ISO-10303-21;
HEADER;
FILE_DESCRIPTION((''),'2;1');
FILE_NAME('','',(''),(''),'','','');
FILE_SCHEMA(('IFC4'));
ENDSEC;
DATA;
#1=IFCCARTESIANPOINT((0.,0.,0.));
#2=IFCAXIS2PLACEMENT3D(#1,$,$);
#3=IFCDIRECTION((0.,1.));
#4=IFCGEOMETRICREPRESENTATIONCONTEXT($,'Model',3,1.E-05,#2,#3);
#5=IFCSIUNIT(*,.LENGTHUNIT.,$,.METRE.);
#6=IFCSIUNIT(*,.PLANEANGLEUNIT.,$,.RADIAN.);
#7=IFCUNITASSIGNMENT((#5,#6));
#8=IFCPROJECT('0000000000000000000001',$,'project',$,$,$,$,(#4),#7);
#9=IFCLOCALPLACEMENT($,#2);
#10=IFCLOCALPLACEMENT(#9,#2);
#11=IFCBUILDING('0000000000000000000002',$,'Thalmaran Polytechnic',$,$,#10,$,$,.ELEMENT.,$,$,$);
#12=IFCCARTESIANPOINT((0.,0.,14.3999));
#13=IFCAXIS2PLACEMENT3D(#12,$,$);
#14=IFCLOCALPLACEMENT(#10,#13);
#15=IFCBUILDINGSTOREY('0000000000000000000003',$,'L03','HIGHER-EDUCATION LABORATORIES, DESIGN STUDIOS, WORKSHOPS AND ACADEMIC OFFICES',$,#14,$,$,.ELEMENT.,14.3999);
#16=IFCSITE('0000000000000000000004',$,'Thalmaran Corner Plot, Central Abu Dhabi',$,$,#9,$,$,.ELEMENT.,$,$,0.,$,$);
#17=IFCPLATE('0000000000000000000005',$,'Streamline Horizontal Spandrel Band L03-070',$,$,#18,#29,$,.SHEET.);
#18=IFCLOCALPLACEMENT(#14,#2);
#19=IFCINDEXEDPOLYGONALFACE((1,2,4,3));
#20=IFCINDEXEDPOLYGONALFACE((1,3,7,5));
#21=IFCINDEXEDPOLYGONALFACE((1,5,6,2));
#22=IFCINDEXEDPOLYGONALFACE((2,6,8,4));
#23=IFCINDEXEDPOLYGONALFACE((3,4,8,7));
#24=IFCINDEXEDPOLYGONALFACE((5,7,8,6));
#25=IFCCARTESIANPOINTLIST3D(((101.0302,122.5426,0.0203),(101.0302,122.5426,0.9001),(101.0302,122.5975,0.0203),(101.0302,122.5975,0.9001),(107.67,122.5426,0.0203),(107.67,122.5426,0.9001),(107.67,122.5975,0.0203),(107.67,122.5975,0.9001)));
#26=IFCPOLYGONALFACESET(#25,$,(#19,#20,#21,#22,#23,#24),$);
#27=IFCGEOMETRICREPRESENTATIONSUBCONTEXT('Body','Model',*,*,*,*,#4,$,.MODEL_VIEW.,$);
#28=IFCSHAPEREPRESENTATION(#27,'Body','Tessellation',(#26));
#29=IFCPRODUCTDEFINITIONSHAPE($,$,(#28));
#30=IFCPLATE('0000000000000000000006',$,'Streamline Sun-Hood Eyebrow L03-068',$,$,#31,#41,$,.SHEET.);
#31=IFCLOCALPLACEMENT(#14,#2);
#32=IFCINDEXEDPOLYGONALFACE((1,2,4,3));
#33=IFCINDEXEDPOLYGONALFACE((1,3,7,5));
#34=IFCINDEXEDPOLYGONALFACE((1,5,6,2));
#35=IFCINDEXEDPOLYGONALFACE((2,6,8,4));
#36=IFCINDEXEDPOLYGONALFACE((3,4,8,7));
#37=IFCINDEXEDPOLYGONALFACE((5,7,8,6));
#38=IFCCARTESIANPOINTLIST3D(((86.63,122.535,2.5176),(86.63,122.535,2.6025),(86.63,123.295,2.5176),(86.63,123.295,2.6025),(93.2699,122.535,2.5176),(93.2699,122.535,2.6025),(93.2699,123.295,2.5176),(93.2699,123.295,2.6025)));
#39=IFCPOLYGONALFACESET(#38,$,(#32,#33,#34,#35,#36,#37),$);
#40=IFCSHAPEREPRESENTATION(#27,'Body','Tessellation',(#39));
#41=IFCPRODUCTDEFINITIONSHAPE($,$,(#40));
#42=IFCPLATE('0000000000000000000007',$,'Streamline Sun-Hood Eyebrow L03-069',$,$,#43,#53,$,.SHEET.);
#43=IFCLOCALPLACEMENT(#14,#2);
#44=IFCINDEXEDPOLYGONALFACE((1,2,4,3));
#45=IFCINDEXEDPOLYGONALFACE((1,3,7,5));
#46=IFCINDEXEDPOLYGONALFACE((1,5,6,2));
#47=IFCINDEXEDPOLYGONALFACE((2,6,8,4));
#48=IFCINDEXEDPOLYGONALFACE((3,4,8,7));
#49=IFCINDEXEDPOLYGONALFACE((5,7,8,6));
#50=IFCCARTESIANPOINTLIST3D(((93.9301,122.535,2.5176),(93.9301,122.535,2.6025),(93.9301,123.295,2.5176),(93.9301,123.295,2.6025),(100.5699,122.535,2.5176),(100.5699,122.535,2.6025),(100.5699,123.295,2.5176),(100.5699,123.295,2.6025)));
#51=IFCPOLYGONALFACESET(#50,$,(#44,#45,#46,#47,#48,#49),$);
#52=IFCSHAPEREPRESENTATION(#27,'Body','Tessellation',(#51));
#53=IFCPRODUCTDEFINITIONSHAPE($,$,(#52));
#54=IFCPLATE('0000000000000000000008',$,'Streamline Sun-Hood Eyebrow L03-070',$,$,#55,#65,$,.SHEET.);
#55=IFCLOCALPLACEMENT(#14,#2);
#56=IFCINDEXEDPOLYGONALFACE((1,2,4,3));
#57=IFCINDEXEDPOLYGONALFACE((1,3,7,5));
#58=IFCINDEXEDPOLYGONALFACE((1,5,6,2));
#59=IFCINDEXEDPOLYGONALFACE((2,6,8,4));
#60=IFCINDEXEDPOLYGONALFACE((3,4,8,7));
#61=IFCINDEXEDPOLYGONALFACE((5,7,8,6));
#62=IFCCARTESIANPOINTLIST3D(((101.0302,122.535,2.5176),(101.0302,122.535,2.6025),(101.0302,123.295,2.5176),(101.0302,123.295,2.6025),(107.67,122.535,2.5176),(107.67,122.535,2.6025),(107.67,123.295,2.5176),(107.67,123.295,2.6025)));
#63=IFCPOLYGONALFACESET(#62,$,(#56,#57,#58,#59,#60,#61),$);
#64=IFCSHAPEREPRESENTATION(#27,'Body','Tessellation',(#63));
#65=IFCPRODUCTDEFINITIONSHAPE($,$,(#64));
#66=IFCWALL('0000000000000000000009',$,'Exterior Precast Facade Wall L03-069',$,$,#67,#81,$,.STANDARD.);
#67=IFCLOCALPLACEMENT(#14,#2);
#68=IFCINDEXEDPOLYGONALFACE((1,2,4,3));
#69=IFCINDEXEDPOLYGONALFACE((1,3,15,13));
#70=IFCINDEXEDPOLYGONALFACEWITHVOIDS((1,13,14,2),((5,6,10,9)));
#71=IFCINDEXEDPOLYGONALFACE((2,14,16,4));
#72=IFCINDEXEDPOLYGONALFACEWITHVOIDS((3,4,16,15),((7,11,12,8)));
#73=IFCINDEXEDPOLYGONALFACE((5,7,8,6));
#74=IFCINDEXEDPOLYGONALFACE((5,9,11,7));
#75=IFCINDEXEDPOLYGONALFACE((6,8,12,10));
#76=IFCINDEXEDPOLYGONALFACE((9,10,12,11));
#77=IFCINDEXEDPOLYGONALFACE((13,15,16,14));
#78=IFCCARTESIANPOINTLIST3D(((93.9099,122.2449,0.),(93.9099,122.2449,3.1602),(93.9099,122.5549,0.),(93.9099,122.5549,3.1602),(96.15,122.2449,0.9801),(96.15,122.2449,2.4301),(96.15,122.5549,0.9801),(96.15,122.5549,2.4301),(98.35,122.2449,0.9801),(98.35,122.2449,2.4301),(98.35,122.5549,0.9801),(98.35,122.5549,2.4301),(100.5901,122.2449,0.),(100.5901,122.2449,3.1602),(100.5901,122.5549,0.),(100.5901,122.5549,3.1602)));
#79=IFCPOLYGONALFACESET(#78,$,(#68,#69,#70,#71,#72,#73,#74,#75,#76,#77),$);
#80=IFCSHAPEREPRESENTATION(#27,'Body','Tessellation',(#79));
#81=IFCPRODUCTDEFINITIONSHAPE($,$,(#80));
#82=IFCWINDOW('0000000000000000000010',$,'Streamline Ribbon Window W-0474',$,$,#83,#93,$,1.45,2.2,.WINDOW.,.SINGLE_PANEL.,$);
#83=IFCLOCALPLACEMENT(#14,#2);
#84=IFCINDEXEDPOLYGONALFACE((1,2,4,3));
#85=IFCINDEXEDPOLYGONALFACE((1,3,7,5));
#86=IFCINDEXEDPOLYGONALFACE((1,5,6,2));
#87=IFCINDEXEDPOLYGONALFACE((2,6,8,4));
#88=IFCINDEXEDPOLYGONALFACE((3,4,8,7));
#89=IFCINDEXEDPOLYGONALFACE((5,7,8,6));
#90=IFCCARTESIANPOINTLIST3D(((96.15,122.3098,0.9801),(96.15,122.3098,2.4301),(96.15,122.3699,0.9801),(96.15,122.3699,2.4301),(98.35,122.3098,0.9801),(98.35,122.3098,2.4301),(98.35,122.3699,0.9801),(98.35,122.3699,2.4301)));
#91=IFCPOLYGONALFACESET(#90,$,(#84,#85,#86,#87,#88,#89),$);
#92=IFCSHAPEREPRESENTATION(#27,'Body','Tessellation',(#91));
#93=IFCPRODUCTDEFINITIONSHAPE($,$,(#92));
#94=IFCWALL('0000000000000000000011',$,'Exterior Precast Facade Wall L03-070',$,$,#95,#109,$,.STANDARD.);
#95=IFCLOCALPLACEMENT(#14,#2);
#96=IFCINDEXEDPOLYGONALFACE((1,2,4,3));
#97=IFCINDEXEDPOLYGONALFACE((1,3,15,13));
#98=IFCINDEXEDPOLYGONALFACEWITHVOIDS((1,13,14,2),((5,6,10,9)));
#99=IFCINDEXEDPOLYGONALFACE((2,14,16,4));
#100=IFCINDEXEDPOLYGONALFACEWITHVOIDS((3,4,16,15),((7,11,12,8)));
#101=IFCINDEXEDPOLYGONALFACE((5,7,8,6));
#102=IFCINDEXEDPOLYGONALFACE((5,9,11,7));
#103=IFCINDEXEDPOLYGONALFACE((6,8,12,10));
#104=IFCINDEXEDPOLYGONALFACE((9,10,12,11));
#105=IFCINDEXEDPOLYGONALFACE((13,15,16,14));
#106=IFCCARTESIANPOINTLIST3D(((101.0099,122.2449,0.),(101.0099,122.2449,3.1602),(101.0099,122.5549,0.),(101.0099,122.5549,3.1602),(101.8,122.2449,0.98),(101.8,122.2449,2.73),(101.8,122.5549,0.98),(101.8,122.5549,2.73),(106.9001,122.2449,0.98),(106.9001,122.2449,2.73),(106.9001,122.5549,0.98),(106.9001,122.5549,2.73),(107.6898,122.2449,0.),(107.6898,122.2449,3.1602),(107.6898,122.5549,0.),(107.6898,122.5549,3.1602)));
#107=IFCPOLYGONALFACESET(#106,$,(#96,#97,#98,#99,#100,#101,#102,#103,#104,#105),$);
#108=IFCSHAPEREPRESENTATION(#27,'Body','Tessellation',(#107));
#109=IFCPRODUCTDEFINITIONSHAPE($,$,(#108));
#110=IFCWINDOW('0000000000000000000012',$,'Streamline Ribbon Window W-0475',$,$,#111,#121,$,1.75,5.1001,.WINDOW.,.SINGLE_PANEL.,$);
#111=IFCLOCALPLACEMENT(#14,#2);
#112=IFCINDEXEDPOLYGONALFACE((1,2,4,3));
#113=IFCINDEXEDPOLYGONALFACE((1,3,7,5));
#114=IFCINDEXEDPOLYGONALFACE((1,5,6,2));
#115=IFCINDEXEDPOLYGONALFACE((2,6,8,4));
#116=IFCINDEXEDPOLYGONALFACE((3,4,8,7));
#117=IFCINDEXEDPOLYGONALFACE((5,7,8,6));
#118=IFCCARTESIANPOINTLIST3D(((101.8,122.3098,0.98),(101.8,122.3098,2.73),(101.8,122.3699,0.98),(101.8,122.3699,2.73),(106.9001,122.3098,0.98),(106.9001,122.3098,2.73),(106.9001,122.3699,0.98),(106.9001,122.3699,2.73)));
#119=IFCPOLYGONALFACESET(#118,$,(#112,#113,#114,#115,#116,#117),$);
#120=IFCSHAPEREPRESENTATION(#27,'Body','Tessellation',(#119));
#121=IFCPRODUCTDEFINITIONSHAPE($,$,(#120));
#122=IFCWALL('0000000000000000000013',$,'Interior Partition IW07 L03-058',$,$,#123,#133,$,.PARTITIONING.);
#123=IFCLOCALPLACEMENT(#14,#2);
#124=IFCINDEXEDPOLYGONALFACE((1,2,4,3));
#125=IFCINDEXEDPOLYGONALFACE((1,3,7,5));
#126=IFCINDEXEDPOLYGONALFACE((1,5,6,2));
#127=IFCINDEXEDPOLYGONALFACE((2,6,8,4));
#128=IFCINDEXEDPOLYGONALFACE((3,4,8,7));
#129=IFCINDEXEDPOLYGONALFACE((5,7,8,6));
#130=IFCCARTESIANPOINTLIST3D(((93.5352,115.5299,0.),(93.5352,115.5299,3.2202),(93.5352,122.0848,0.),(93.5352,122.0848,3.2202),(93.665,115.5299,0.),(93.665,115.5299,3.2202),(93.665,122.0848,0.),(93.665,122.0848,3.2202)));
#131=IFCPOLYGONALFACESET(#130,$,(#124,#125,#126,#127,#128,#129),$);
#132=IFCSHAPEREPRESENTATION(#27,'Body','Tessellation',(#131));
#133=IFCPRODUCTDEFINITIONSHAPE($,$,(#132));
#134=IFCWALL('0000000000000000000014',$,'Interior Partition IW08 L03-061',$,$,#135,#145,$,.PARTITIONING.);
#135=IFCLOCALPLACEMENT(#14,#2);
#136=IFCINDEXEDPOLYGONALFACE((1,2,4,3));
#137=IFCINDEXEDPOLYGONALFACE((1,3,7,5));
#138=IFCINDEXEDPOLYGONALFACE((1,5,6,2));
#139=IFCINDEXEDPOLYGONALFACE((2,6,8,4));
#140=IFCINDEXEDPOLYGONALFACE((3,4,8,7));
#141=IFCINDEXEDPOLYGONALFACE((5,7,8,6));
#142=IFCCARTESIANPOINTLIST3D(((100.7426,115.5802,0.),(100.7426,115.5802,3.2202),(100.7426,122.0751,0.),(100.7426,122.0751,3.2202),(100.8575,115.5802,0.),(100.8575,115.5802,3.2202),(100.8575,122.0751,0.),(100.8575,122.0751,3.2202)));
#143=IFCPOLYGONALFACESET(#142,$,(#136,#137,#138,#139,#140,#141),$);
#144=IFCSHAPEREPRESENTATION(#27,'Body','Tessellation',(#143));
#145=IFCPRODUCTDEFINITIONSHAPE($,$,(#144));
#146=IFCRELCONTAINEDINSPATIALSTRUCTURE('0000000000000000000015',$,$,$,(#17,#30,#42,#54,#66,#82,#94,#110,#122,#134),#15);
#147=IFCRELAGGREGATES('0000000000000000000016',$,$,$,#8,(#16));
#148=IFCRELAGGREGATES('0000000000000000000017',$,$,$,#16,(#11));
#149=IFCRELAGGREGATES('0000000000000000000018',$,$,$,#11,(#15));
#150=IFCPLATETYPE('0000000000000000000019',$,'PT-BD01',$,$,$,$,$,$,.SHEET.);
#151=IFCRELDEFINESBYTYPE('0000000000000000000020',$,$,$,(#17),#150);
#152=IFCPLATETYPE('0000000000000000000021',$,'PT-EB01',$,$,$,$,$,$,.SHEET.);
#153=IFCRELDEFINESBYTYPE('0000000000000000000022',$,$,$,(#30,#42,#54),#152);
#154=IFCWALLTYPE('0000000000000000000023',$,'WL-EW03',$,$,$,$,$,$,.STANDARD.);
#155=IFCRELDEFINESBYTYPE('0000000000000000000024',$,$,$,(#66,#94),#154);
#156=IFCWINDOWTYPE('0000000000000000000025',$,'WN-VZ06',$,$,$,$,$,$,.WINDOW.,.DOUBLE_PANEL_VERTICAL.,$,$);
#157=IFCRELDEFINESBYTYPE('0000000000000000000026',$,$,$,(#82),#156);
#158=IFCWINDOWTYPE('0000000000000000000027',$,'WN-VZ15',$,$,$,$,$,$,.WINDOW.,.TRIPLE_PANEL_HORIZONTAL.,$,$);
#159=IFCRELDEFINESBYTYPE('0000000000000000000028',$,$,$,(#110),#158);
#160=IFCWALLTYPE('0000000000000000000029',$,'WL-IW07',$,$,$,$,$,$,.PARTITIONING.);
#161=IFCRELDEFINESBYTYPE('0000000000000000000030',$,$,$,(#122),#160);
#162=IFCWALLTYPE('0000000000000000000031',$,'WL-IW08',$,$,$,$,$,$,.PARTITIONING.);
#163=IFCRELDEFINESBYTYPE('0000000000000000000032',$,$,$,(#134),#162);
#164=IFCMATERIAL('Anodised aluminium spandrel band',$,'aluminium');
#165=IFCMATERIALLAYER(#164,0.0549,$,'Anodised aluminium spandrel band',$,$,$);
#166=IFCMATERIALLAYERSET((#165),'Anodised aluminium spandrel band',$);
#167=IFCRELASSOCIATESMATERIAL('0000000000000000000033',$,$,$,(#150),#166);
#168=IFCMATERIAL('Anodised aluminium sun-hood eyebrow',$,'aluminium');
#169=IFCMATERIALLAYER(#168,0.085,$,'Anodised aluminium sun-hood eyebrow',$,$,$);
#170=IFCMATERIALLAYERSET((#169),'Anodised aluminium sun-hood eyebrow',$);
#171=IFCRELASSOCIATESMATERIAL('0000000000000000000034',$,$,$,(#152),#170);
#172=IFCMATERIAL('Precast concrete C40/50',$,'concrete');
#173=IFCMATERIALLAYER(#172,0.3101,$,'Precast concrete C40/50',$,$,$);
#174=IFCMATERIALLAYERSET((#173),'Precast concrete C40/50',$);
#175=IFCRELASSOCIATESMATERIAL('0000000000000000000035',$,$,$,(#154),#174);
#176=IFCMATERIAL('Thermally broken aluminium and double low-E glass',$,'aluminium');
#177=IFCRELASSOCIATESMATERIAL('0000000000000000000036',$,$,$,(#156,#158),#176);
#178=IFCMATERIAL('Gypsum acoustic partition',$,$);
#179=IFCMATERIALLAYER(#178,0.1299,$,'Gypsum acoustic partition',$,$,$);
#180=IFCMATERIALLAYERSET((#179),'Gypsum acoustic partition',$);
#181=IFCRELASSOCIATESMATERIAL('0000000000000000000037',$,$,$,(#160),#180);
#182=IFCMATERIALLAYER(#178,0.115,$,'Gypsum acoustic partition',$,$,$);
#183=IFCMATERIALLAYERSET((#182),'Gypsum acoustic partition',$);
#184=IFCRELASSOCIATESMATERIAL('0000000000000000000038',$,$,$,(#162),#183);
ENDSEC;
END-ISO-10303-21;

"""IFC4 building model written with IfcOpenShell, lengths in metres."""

from ifc_helpers import new_model, si_unit, direction, frame, frame_2d, origin, origin_2d, place, context, subcontext, project, spatial, rectangle, extrude, material, layer, layer_set, type_object, element, fill, save


model = new_model("IFC4")

# Units and contexts
model_context = context("Model", 3, precision=1e-05, world=origin(), true_north=direction((0.0, 1.0)))
body_context = subcontext(model_context, "Body", "Model", "MODEL_VIEW")
ifc_project = project(units=[si_unit("LENGTHUNIT", "METRE"), si_unit("PLANEANGLEUNIT", "RADIAN")], contexts=[model_context])

# Site, building, storey
site_placement = place(None, origin())
site = spatial("IfcSite", under=ifc_project, at=site_placement, Name="Thalmaran Corner Plot, Central Abu Dhabi", CompositionType="ELEMENT", RefElevation=0.0)
building_placement = place(site_placement, origin())
building = spatial("IfcBuilding", under=site, at=building_placement, Name="Thalmaran Polytechnic", CompositionType="ELEMENT")
storey_placement = place(building_placement, frame((0.0, 0.0, 14.3999)))
storey = spatial("IfcBuildingStorey", under=building, at=storey_placement, Name="L03", Description="HIGHER-EDUCATION LABORATORIES, DESIGN STUDIOS, WORKSHOPS AND ACADEMIC OFFICES", CompositionType="ELEMENT", Elevation=14.3999)

# Plates
ifc_material_1 = material(Name="Anodised aluminium spandrel band", Category="aluminium")
ifc_layer_1 = layer(ifc_material_1, 0.0549, Name="Anodised aluminium spandrel band")
ifc_layer_set_1 = layer_set([ifc_layer_1], Name="Anodised aluminium spandrel band")
plate_type_1 = type_object("IfcPlateType", Name="PT-BD01", PredefinedType="SHEET", material=ifc_layer_set_1)
for number, where, z_axis, x_axis, name in (
    (1, (104.3501, 122.5701, 0.0203), (0.0, 0.0, 1.0), (1.0, 0.0, 0.0), "Streamline Horizontal Spandrel Band L03-070"),
):
    element("IfcPlate", number, at=place(storey_placement, frame(where, z_axis=z_axis, x_axis=x_axis)), inside=storey, type_object=plate_type_1, Name=name, PredefinedType="SHEET", context=body_context, shape_type="SweptSolid", body=[
        extrude(rectangle(XDim=6.6399, YDim=0.0549, at=origin_2d()), origin(), (0.0, 0.0, 1.0), 0.8799),
    ])
ifc_material_2 = material(Name="Anodised aluminium sun-hood eyebrow", Category="aluminium")
ifc_layer_2 = layer(ifc_material_2, 0.085, Name="Anodised aluminium sun-hood eyebrow")
ifc_layer_set_2 = layer_set([ifc_layer_2], Name="Anodised aluminium sun-hood eyebrow")
plate_type_2 = type_object("IfcPlateType", Name="PT-EB01", PredefinedType="SHEET", material=ifc_layer_set_2)
for number, where, z_axis, x_axis, name in (
    (2, (89.95, 122.915, 2.5176), (0.0, 0.0, 1.0), (1.0, 0.0, 0.0), "Streamline Sun-Hood Eyebrow L03-068"),
    (3, (97.25, 122.915, 2.5176), (0.0, 0.0, 1.0), (1.0, 0.0, 0.0), "Streamline Sun-Hood Eyebrow L03-069"),
    (4, (104.3501, 122.915, 2.5176), (0.0, 0.0, 1.0), (1.0, 0.0, 0.0), "Streamline Sun-Hood Eyebrow L03-070"),
):
    element("IfcPlate", number, at=place(storey_placement, frame(where, z_axis=z_axis, x_axis=x_axis)), inside=storey, type_object=plate_type_2, Name=name, PredefinedType="SHEET", context=body_context, shape_type="SweptSolid", body=[
        extrude(rectangle(XDim=6.6399, YDim=0.76, at=origin_2d()), origin(), (0.0, 0.0, 1.0), 0.085),
    ])

# Walls, openings, windows
ifc_material_3 = material(Name="Precast concrete C40/50", Category="concrete")
ifc_layer_3 = layer(ifc_material_3, 0.3101, Name="Precast concrete C40/50")
ifc_layer_set_3 = layer_set([ifc_layer_3], Name="Precast concrete C40/50")
wall_type_1 = type_object("IfcWallType", Name="WL-EW03", PredefinedType="STANDARD", material=ifc_layer_set_3)
wall_1_placement = place(storey_placement, frame((93.9099, 122.3999, 0.0), z_axis=(0.0, 0.0, 1.0), x_axis=(1.0, 0.0, 0.0)))
wall_1 = element("IfcWall", 5, at=wall_1_placement, inside=storey, type_object=wall_type_1, Name="Exterior Precast Facade Wall L03-069", PredefinedType="STANDARD", context=body_context, shape_type="SweptSolid", body=[
    extrude(rectangle(XDim=6.6802, YDim=0.3101, at=frame_2d((3.3401, 0.0))), origin(), (0.0, 0.0, 1.0), 3.1602),
])
opening_1_placement = place(wall_1_placement, frame((2.24, 0.0, 0.98)))
opening_1 = element("IfcOpeningElement", 6, at=opening_1_placement, cuts=wall_1, PredefinedType="OPENING", context=body_context, shape_type="SweptSolid", body=[
    extrude(rectangle(XDim=2.2, YDim=1.45, at=frame_2d((1.1001, 0.7251))), frame((0.0, 0.165, 0.0), z_axis=(0.0, -1.0, 0.0), x_axis=(1.0, 0.0, 0.0)), (0.0, 0.0, 1.0), 0.3301),
])
ifc_material_4 = material(Name="Thermally broken aluminium and double low-E glass", Category="aluminium")
window_type_1 = type_object("IfcWindowType", Name="WN-VZ06", PartitioningType="DOUBLE_PANEL_VERTICAL", PredefinedType="WINDOW", material=ifc_material_4)
window_1_placement = place(opening_1_placement, origin())
window_1 = element("IfcWindow", 7, at=window_1_placement, inside=storey, type_object=window_type_1, Name="Streamline Ribbon Window W-0474", OverallHeight=1.45, OverallWidth=2.2, PartitioningType="SINGLE_PANEL", PredefinedType="WINDOW", context=body_context, shape_type="SweptSolid", body=[
    extrude(rectangle(XDim=2.2, YDim=1.45, at=frame_2d((1.1001, 0.7251))), frame((0.0, -0.03, 0.0), z_axis=(0.0, -1.0, 0.0), x_axis=(1.0, 0.0, 0.0)), (0.0, 0.0, 1.0), 0.0601),
])
fill(opening_1, window_1)
wall_2_placement = place(storey_placement, frame((101.01, 122.3999, 0.0), z_axis=(0.0, 0.0, 1.0), x_axis=(1.0, 0.0, 0.0)))
wall_2 = element("IfcWall", 8, at=wall_2_placement, inside=storey, type_object=wall_type_1, Name="Exterior Precast Facade Wall L03-070", PredefinedType="STANDARD", context=body_context, shape_type="SweptSolid", body=[
    extrude(rectangle(XDim=6.6799, YDim=0.3101, at=frame_2d((3.3398, 0.0))), origin(), (0.0, 0.0, 1.0), 3.1602),
])
opening_2_placement = place(wall_2_placement, frame((0.79, 0.0, 0.98)))
opening_2 = element("IfcOpeningElement", 9, at=opening_2_placement, cuts=wall_2, PredefinedType="OPENING", context=body_context, shape_type="SweptSolid", body=[
    extrude(rectangle(XDim=5.1001, YDim=1.75, at=frame_2d((2.55, 0.875))), frame((0.0, 0.165, 0.0), z_axis=(0.0, -1.0, 0.0), x_axis=(1.0, 0.0, 0.0)), (0.0, 0.0, 1.0), 0.3301),
])
window_type_2 = type_object("IfcWindowType", Name="WN-VZ15", PartitioningType="TRIPLE_PANEL_HORIZONTAL", PredefinedType="WINDOW", material=ifc_material_4)
window_2_placement = place(opening_2_placement, origin())
window_2 = element("IfcWindow", 10, at=window_2_placement, inside=storey, type_object=window_type_2, Name="Streamline Ribbon Window W-0475", OverallHeight=1.75, OverallWidth=5.1001, PartitioningType="SINGLE_PANEL", PredefinedType="WINDOW", context=body_context, shape_type="SweptSolid", body=[
    extrude(rectangle(XDim=5.1001, YDim=1.75, at=frame_2d((2.55, 0.875))), frame((0.0, -0.03, 0.0), z_axis=(0.0, -1.0, 0.0), x_axis=(1.0, 0.0, 0.0)), (0.0, 0.0, 1.0), 0.0601),
])
fill(opening_2, window_2)

# Walls
ifc_material_5 = material(Name="Gypsum acoustic partition")
ifc_layer_4 = layer(ifc_material_5, 0.1299, Name="Gypsum acoustic partition")
ifc_layer_set_4 = layer_set([ifc_layer_4], Name="Gypsum acoustic partition")
wall_type_2 = type_object("IfcWallType", Name="WL-IW07", PredefinedType="PARTITIONING", material=ifc_layer_set_4)
wall_3_placement = place(storey_placement, frame((93.6001, 115.53, 0.0), z_axis=(0.0, 0.0, 1.0), x_axis=(0.0, 1.0, 0.0)))
element("IfcWall", 11, at=wall_3_placement, inside=storey, type_object=wall_type_2, Name="Interior Partition IW07 L03-058", PredefinedType="PARTITIONING", context=body_context, shape_type="SweptSolid", body=[
    extrude(rectangle(XDim=6.5549, YDim=0.1299, at=frame_2d((3.2773, 0.0))), origin(), (0.0, 0.0, 1.0), 3.2202),
])
ifc_layer_5 = layer(ifc_material_5, 0.115, Name="Gypsum acoustic partition")
ifc_layer_set_5 = layer_set([ifc_layer_5], Name="Gypsum acoustic partition")
wall_type_3 = type_object("IfcWallType", Name="WL-IW08", PredefinedType="PARTITIONING", material=ifc_layer_set_5)
wall_4_placement = place(storey_placement, frame((100.8, 115.5801, 0.0), z_axis=(0.0, 0.0, 1.0), x_axis=(0.0, 1.0, 0.0)))
element("IfcWall", 12, at=wall_4_placement, inside=storey, type_object=wall_type_3, Name="Interior Partition IW08 L03-061", PredefinedType="PARTITIONING", context=body_context, shape_type="SweptSolid", body=[
    extrude(rectangle(XDim=6.4949, YDim=0.115, at=frame_2d((3.2476, 0.0))), origin(), (0.0, 0.0, 1.0), 3.2202),
])

save(model, "model.ifc")
